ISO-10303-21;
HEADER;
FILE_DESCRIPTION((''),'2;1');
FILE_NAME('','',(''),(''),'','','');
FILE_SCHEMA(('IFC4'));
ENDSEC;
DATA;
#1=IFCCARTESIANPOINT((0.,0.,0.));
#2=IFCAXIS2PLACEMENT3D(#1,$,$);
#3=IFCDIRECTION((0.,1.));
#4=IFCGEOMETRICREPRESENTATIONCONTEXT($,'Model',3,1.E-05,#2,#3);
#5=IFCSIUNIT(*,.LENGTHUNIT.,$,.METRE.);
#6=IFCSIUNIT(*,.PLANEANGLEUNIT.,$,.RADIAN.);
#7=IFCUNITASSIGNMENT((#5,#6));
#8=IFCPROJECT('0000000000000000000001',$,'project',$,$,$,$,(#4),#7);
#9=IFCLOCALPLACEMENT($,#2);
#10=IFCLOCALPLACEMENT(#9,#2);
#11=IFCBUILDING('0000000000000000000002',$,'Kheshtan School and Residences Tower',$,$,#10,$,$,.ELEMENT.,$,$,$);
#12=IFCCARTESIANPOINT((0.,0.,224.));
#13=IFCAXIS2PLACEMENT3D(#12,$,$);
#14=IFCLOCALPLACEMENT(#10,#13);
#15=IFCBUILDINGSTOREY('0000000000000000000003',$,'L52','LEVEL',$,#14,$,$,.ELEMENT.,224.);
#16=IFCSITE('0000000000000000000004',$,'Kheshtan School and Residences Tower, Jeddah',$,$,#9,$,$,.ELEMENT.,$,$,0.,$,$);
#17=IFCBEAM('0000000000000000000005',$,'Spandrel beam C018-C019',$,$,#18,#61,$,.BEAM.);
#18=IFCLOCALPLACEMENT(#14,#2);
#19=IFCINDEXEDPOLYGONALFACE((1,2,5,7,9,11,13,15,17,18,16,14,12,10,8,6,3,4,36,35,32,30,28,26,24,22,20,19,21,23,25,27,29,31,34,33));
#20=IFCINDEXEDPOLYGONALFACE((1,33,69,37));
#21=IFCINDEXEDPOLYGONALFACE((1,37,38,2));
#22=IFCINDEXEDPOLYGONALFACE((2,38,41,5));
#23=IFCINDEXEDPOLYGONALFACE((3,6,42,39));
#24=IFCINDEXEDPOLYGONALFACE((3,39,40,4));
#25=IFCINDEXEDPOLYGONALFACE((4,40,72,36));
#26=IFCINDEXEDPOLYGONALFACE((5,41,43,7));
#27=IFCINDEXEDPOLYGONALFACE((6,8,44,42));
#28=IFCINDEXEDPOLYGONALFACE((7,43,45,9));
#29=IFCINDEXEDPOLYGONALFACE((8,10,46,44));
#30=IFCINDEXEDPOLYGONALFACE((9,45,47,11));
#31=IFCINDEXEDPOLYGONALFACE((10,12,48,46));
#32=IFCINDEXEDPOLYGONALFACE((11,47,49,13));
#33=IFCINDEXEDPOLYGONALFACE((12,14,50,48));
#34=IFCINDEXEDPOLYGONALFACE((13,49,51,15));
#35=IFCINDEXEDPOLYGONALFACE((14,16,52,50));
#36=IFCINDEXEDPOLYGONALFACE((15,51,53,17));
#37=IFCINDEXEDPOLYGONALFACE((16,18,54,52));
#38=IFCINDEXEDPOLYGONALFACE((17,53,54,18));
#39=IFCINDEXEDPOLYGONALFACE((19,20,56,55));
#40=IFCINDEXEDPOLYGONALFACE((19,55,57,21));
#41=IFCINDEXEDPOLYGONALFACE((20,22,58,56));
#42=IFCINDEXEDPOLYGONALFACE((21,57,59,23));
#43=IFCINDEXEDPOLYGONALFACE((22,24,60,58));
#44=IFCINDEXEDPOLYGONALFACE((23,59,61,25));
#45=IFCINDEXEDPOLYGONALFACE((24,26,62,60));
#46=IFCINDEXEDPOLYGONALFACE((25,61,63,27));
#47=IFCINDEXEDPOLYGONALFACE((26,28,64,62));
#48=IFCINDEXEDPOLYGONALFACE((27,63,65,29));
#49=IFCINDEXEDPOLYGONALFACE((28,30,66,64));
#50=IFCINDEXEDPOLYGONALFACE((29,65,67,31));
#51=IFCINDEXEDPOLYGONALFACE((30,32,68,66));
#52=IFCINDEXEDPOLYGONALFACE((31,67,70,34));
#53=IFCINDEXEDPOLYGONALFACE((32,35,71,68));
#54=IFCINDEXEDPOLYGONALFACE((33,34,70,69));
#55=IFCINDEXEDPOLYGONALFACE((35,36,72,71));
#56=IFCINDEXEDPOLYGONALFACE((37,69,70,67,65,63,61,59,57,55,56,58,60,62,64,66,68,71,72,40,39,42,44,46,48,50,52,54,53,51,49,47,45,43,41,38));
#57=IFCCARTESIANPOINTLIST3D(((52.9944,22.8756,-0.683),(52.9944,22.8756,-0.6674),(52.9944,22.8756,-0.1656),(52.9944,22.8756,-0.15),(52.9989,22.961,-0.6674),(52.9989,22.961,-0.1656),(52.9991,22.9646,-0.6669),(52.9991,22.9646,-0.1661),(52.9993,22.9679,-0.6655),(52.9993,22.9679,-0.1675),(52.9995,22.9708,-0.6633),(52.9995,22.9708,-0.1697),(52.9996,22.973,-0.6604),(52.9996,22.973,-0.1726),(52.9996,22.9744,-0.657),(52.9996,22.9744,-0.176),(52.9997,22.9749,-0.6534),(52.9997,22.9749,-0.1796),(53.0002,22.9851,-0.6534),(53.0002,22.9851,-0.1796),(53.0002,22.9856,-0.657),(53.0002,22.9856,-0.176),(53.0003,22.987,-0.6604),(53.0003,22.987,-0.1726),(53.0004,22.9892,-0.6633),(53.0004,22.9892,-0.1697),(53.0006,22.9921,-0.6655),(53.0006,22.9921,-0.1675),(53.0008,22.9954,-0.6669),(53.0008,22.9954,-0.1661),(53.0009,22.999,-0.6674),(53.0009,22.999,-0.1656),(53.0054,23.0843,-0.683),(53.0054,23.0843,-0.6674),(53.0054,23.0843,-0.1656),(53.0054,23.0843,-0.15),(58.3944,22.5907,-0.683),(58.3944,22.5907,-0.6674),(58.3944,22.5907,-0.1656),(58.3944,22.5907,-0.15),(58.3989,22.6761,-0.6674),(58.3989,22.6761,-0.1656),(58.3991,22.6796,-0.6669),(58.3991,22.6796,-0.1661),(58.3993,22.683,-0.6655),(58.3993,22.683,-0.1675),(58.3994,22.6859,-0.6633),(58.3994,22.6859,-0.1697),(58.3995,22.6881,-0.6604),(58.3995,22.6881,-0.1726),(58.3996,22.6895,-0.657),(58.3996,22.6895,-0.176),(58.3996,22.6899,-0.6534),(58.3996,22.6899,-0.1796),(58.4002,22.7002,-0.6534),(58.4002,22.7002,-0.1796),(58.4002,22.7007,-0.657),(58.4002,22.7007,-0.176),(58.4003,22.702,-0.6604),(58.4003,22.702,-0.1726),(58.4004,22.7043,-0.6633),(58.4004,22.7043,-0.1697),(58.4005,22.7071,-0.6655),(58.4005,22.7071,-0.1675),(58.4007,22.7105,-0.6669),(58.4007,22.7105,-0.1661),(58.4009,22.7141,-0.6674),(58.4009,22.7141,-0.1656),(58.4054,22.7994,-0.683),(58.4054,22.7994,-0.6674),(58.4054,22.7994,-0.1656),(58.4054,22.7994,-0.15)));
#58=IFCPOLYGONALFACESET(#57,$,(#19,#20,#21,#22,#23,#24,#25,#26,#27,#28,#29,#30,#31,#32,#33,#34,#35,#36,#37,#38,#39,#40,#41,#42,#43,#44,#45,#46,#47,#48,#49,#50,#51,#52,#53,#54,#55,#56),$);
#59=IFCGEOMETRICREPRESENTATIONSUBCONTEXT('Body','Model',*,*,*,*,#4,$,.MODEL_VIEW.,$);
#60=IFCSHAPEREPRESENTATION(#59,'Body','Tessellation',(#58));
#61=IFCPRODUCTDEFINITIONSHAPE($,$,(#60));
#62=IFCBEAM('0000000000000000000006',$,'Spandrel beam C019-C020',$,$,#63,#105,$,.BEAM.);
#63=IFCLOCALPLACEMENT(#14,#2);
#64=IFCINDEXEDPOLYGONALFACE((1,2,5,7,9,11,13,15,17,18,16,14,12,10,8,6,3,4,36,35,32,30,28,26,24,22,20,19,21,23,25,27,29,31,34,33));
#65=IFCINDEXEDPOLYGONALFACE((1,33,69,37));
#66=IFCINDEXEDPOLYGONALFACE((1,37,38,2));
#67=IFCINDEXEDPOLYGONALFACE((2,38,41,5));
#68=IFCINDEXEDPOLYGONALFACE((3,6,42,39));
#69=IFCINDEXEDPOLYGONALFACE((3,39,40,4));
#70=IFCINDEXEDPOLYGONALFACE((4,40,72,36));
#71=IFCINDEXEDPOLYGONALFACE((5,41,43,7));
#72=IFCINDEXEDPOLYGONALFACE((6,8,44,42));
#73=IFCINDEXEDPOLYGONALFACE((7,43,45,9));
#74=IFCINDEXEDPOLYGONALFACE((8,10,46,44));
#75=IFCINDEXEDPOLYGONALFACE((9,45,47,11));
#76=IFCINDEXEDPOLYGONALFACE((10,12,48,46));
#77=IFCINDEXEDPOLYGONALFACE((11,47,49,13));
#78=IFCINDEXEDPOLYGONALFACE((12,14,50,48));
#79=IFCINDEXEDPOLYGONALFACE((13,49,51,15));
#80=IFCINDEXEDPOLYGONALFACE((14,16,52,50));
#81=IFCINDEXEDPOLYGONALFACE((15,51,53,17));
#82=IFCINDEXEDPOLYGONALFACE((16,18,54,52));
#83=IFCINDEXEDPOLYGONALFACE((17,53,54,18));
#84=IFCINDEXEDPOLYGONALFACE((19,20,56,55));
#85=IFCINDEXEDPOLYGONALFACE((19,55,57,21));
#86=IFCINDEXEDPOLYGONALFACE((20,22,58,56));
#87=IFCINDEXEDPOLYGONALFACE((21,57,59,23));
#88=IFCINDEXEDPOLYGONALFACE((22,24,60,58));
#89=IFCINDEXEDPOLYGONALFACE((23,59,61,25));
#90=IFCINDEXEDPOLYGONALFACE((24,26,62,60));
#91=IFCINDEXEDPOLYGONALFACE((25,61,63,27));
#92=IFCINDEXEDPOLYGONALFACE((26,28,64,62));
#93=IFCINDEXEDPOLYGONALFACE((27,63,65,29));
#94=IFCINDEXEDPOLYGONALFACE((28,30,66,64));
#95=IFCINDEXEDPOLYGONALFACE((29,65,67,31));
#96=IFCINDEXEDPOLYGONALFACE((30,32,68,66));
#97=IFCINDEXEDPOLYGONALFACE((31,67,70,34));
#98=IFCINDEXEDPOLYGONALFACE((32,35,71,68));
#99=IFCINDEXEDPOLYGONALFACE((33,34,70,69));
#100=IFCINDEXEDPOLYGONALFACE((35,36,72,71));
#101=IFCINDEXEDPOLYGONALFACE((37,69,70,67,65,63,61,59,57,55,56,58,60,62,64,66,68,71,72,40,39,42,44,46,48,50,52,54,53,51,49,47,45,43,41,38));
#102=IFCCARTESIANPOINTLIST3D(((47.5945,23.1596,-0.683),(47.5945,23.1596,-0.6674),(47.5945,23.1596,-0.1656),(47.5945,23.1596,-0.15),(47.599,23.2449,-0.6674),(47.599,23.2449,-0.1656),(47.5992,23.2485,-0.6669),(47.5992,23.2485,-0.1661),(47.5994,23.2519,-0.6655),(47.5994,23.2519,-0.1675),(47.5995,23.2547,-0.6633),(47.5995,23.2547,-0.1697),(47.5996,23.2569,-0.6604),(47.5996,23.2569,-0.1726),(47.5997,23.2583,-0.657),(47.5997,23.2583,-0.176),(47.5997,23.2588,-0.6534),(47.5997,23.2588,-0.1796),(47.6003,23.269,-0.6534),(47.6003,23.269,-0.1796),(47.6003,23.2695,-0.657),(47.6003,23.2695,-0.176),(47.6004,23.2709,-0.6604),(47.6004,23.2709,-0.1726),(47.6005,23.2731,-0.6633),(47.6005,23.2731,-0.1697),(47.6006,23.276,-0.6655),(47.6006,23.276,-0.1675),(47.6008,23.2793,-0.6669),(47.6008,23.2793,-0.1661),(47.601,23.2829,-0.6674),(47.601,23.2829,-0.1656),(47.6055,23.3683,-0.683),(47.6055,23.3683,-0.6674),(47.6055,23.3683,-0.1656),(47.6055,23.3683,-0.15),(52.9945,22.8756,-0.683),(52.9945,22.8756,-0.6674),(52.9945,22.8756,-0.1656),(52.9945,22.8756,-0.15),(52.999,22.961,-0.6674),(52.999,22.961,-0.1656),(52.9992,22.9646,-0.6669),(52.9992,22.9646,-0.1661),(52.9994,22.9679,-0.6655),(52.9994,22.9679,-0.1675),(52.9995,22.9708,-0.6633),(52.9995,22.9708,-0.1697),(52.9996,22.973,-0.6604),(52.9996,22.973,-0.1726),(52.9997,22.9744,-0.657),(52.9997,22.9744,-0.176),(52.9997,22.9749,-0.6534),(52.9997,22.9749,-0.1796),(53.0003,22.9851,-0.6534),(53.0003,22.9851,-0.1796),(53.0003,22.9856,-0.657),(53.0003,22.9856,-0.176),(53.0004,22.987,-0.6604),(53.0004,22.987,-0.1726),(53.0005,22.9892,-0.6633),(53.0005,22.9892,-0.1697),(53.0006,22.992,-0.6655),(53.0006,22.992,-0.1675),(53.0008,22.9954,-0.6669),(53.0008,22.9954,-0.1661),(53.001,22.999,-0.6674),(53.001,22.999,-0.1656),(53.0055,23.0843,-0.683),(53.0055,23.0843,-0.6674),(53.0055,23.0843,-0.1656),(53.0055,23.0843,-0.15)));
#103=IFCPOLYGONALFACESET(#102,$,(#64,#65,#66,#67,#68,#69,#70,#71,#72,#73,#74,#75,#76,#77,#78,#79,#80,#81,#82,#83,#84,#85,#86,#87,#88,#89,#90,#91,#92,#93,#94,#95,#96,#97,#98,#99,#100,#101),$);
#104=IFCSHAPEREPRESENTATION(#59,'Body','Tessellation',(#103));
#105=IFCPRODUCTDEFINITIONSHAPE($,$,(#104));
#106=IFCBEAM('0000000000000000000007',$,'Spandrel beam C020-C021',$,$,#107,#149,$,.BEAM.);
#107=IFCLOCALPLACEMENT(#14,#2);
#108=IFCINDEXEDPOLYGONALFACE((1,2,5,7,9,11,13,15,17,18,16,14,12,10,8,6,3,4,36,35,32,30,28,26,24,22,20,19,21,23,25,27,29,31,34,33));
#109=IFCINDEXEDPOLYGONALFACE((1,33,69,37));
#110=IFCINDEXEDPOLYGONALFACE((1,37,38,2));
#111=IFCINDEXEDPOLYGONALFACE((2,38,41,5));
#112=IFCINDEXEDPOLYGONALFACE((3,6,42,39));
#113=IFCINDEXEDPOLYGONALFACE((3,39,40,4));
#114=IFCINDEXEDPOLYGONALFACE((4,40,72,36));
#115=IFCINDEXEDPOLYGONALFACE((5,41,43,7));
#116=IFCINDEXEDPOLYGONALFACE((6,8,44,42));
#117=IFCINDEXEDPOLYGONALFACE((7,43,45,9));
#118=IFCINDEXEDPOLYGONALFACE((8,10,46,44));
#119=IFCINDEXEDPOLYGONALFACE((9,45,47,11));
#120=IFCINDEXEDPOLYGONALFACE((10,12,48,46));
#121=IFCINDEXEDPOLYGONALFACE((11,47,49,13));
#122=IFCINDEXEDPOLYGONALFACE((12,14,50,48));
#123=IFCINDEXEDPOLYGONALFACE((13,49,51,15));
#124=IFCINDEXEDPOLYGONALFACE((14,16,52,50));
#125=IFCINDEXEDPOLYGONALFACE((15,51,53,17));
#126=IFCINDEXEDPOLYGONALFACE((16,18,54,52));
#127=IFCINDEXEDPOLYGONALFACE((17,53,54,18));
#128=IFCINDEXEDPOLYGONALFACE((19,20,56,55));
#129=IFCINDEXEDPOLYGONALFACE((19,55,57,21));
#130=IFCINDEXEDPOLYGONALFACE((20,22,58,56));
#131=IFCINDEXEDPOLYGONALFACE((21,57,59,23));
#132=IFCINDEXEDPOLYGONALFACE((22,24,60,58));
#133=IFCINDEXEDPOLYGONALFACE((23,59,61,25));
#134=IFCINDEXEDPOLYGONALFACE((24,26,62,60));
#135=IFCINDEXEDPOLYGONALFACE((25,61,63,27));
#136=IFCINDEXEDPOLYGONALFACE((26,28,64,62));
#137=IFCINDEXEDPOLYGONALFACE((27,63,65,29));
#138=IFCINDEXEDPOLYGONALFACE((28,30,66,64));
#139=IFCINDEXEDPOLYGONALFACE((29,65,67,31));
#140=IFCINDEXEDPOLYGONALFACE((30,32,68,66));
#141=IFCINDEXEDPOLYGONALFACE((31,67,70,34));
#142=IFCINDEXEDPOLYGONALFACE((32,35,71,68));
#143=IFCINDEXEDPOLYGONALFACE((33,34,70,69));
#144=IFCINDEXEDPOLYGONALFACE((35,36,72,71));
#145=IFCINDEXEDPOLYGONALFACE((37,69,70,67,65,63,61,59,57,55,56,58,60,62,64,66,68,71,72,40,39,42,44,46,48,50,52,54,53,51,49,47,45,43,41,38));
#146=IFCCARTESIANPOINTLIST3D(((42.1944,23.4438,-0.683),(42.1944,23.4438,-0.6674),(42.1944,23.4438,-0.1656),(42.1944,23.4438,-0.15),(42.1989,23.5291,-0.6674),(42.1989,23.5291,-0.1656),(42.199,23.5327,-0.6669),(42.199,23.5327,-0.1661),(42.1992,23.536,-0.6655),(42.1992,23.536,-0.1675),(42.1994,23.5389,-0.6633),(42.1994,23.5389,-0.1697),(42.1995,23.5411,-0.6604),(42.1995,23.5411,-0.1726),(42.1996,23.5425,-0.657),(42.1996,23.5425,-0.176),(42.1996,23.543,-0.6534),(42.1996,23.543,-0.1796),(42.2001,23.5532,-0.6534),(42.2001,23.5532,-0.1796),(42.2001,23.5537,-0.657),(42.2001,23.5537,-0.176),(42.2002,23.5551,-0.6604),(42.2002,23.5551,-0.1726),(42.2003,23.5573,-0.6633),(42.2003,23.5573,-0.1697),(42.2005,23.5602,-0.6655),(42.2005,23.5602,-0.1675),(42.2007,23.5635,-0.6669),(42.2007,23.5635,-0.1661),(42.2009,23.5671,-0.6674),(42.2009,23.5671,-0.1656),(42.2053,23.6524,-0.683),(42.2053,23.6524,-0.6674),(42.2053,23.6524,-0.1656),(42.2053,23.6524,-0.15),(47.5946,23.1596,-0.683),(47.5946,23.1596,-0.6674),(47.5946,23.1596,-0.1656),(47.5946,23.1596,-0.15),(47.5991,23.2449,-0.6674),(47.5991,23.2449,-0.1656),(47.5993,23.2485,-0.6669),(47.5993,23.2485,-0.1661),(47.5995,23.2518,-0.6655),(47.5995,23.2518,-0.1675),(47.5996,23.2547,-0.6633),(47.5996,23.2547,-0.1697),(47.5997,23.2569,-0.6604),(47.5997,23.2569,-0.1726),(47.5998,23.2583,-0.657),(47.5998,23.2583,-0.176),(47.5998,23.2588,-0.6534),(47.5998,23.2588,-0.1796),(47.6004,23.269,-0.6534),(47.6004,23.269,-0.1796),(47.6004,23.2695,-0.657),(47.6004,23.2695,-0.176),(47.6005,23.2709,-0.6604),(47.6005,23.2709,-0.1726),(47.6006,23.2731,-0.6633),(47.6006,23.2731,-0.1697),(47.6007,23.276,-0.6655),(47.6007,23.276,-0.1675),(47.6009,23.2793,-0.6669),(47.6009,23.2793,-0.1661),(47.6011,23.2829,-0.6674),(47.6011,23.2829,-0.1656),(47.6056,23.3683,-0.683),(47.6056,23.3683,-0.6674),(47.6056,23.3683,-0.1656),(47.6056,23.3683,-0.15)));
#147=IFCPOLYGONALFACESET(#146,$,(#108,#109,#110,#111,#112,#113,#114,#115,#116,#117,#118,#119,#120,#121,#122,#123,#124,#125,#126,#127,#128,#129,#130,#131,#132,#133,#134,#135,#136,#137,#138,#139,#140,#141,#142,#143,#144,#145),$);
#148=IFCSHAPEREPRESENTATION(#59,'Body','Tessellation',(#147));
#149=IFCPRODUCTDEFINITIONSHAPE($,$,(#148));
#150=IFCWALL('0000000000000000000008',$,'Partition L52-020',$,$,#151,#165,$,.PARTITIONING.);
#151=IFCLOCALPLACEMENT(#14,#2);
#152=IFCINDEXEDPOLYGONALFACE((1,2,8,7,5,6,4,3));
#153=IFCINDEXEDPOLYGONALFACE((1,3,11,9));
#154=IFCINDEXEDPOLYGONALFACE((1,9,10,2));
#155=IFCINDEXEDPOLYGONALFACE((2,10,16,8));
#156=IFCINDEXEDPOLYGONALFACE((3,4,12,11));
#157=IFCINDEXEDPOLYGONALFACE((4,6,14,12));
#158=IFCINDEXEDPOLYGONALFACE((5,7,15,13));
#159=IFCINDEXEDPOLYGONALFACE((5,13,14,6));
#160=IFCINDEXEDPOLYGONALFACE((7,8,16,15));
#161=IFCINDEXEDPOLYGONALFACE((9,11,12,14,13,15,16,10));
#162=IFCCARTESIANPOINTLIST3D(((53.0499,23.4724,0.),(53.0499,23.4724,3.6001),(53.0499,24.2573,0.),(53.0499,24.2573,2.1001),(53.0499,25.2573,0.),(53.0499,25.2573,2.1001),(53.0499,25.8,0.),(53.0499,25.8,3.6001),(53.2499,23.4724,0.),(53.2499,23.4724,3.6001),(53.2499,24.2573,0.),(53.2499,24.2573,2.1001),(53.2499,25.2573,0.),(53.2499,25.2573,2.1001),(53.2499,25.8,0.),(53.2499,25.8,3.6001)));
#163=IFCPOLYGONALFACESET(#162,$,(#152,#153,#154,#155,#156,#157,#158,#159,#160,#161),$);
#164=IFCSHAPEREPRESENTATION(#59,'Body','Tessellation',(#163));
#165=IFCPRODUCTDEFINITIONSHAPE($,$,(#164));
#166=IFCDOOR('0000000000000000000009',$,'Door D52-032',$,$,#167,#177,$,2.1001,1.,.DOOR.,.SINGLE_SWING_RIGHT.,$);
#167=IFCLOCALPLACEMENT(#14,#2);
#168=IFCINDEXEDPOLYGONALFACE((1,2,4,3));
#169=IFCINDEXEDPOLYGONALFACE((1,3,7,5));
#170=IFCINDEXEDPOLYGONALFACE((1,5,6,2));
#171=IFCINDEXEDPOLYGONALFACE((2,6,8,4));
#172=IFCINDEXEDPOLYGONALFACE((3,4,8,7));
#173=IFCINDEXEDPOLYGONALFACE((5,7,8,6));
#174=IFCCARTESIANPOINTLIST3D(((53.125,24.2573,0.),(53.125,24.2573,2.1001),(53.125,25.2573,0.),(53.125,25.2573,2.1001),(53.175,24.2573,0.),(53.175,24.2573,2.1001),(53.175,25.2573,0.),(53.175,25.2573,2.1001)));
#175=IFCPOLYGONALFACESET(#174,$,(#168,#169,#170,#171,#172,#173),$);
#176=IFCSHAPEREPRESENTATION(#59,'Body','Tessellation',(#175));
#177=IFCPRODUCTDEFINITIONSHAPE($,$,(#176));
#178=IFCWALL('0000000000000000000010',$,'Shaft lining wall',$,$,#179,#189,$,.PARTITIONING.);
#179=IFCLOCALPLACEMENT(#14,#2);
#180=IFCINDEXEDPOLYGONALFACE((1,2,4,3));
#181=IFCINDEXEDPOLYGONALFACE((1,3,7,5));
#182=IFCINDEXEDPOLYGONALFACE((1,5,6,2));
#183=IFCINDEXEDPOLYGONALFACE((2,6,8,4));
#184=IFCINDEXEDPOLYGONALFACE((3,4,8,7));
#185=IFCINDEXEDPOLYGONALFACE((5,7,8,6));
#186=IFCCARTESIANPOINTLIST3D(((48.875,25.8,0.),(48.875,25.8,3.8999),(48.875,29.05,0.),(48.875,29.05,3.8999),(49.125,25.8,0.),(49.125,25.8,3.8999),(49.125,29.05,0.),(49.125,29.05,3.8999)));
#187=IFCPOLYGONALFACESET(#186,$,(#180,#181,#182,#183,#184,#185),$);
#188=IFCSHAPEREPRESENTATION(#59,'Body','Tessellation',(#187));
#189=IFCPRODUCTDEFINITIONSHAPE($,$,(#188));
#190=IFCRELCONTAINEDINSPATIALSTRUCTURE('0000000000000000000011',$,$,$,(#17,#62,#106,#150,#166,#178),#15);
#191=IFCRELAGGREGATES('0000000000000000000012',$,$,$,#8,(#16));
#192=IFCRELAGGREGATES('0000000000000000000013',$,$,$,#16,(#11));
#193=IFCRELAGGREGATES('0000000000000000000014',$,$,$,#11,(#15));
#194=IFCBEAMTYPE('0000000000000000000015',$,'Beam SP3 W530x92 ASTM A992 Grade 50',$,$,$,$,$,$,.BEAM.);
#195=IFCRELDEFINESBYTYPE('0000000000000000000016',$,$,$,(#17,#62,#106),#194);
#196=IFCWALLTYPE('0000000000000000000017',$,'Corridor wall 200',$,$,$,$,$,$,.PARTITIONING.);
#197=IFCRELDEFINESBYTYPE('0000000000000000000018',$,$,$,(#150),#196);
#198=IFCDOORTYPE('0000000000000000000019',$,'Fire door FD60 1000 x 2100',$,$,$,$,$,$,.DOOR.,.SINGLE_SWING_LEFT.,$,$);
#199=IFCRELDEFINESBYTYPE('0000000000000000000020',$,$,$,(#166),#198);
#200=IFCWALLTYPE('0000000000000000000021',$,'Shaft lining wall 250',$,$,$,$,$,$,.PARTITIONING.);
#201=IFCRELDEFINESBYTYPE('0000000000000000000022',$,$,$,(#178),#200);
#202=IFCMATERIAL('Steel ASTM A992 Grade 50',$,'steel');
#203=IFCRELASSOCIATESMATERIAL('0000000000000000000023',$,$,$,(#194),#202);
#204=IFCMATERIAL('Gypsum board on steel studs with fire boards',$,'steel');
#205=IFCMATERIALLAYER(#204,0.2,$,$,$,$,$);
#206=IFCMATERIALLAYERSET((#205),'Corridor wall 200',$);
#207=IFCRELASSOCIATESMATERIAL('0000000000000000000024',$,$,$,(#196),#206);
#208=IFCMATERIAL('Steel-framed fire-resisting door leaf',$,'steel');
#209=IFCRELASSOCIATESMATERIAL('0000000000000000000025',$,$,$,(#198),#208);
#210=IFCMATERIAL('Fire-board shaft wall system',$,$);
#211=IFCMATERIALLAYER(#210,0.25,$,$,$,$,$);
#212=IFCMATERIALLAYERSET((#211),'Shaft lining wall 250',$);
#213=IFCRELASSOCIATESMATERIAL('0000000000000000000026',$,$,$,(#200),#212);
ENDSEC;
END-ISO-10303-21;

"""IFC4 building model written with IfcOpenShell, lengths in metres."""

from ifc_helpers import new_model, si_unit, direction, frame, frame_2d, origin, origin_2d, place, context, subcontext, project, spatial, rectangle, i_section, extrude, source, transform, mapped, material, layer, layer_set, material_profile, profile_set, type_object, element, fill, save


model = new_model("IFC4")

# Units and contexts
model_context = context("Model", 3, precision=1e-05, world=origin(), true_north=direction((0.0, 1.0)))
body_context = subcontext(model_context, "Body", "Model", "MODEL_VIEW")
ifc_project = project(units=[si_unit("LENGTHUNIT", "METRE"), si_unit("PLANEANGLEUNIT", "RADIAN")], contexts=[model_context])

# Site, building, storey
site_placement = place(None, origin())
site = spatial("IfcSite", under=ifc_project, at=site_placement, Name="Kheshtan School and Residences Tower, Jeddah", CompositionType="ELEMENT", RefElevation=0.0)
building_placement = place(site_placement, origin())
building = spatial("IfcBuilding", under=site, at=building_placement, Name="Kheshtan School and Residences Tower", CompositionType="ELEMENT")
storey_placement = place(building_placement, frame((0.0, 0.0, 224.0)))
storey = spatial("IfcBuildingStorey", under=building, at=storey_placement, Name="L52", Description="LEVEL", CompositionType="ELEMENT", Elevation=224.0)

# Shared definitions
ifc_material_1 = material(Name="Steel ASTM A992 Grade 50", Category="steel")

# Beams
ifc_material_profile_1 = material_profile(ifc_material_1, i_section(OverallWidth=0.209, OverallDepth=0.533, WebThickness=0.0103, FlangeThickness=0.0156, FilletRadius=0.0139, at=origin_2d()), Name="W530x92")
ifc_profile_set_1 = profile_set([ifc_material_profile_1], Name="Steel ASTM A992 Grade 50")
beam_type_1 = type_object("IfcBeamType", Name="Beam SP3 W530x92 ASTM A992 Grade 50", PredefinedType="BEAM", material=ifc_profile_set_1)
for number, where, z_axis, x_axis, name in (
    (1, (58.3999, 22.6951, -0.4165), (-0.998611, 0.052689, 0.0), (-0.052689, -0.998611, 0.0), "Spandrel beam C018-C019"),
    (2, (53.0, 22.98, -0.4165), (-0.99862, 0.052509, 0.0), (-0.052509, -0.99862, 0.0), "Spandrel beam C019-C020"),
):
    element("IfcBeam", number, at=place(storey_placement, frame(where, z_axis=z_axis, x_axis=x_axis)), inside=storey, type_object=beam_type_1, Name=name, PredefinedType="BEAM", context=body_context, shape_type="SweptSolid", body=[
        extrude(i_section(OverallWidth=0.209, OverallDepth=0.533, WebThickness=0.0103, FlangeThickness=0.0156, FilletRadius=0.0139, at=origin_2d()), origin(), (0.0, 0.0, 1.0), 5.4075),
    ])
beam_1_placement = place(storey_placement, frame((47.6001, 23.2639, -0.4165), z_axis=(-0.998618, 0.052552, 0.0), x_axis=(-0.052552, -0.998618, 0.0)))
element("IfcBeam", 3, at=beam_1_placement, inside=storey, type_object=beam_type_1, Name="Spandrel beam C020-C021", PredefinedType="BEAM", context=body_context, shape_type="SweptSolid", body=[
    extrude(i_section(OverallWidth=0.209, OverallDepth=0.533, WebThickness=0.0103, FlangeThickness=0.0156, FilletRadius=0.0139, at=origin_2d()), origin(), (0.0, 0.0, 1.0), 5.4077),
])

# Wall, opening, door
ifc_material_2 = material(Name="Gypsum board on steel studs with fire boards", Category="steel")
ifc_layer_1 = layer(ifc_material_2, 0.2)
ifc_layer_set_1 = layer_set([ifc_layer_1], Name="Corridor wall 200")
wall_type_1 = type_object("IfcWallType", Name="Corridor wall 200", PredefinedType="PARTITIONING", material=ifc_layer_set_1)
wall_placement = place(storey_placement, frame((53.1499, 23.4724, 0.0), z_axis=(0.0, 0.0, 1.0), x_axis=(0.0, 1.0, 0.0)))
wall = element("IfcWall", 4, at=wall_placement, inside=storey, type_object=wall_type_1, Name="Partition L52-020", PredefinedType="PARTITIONING", context=body_context, shape_type="SweptSolid", body=[
    extrude(rectangle(XDim=2.3276, YDim=0.2, at=frame_2d((1.1638, 0.0))), origin(), (0.0, 0.0, 1.0), 3.6001),
])
opening_placement = place(wall_placement, frame((0.7849, 0.0, 0.0)))
opening = element("IfcOpeningElement", 5, at=opening_placement, cuts=wall, PredefinedType="OPENING", context=body_context, shape_type="SweptSolid", body=[
    extrude(rectangle(XDim=1.0, YDim=2.1001, at=frame_2d((0.5, 1.05))), frame((0.0, 0.1099, 0.0), z_axis=(0.0, -1.0, 0.0), x_axis=(1.0, 0.0, 0.0)), (0.0, 0.0, 1.0), 0.22),
])
ifc_material_3 = material(Name="Steel-framed fire-resisting door leaf", Category="steel")
door_type = type_object("IfcDoorType", Name="Fire door FD60 1000 x 2100", OperationType="SINGLE_SWING_LEFT", PredefinedType="DOOR", material=ifc_material_3)
shared_shape = source(origin(), body_context, "Body", "SweptSolid", [
    extrude(rectangle(XDim=1.0, YDim=2.1001, at=frame_2d((0.5, 1.05))), frame((0.0, 0.0249, 0.0), z_axis=(0.0, -1.0, 0.0), x_axis=(1.0, 0.0, 0.0)), (0.0, 0.0, 1.0), 0.05),
])
door_placement = place(opening_placement, origin())
door = element("IfcDoor", 6, at=door_placement, inside=storey, type_object=door_type, Name="Door D52-032", OperationType="SINGLE_SWING_RIGHT", OverallHeight=2.1001, OverallWidth=1.0, PredefinedType="DOOR", context=body_context, shape_type="MappedRepresentation", body=[
    mapped(shared_shape, transform((0.0, 0.0, 0.0), x_axis=(1.0, 0.0, 0.0), y_axis=(0.0, 1.0, 0.0), z_axis=(0.0, 0.0, 1.0), scale=1.0)),
])
fill(opening, door)

# Wall
ifc_material_4 = material(Name="Fire-board shaft wall system")
ifc_layer_2 = layer(ifc_material_4, 0.25)
ifc_layer_set_2 = layer_set([ifc_layer_2], Name="Shaft lining wall 250")
wall_type_2 = type_object("IfcWallType", Name="Shaft lining wall 250", PredefinedType="PARTITIONING", material=ifc_layer_set_2)
for number, where, z_axis, x_axis, name in (
    (7, (49.0, 25.8, 0.0), (0.0, 0.0, 1.0), (0.0, 1.0, 0.0), "Shaft lining wall"),
):
    element("IfcWall", number, at=place(storey_placement, frame(where, z_axis=z_axis, x_axis=x_axis)), inside=storey, type_object=wall_type_2, Name=name, PredefinedType="PARTITIONING", context=body_context, shape_type="SweptSolid", body=[
        extrude(rectangle(XDim=3.25, YDim=0.25, at=frame_2d((1.625, 0.0))), origin(), (0.0, 0.0, 1.0), 3.8999),
    ])

save(model, "model.ifc")
